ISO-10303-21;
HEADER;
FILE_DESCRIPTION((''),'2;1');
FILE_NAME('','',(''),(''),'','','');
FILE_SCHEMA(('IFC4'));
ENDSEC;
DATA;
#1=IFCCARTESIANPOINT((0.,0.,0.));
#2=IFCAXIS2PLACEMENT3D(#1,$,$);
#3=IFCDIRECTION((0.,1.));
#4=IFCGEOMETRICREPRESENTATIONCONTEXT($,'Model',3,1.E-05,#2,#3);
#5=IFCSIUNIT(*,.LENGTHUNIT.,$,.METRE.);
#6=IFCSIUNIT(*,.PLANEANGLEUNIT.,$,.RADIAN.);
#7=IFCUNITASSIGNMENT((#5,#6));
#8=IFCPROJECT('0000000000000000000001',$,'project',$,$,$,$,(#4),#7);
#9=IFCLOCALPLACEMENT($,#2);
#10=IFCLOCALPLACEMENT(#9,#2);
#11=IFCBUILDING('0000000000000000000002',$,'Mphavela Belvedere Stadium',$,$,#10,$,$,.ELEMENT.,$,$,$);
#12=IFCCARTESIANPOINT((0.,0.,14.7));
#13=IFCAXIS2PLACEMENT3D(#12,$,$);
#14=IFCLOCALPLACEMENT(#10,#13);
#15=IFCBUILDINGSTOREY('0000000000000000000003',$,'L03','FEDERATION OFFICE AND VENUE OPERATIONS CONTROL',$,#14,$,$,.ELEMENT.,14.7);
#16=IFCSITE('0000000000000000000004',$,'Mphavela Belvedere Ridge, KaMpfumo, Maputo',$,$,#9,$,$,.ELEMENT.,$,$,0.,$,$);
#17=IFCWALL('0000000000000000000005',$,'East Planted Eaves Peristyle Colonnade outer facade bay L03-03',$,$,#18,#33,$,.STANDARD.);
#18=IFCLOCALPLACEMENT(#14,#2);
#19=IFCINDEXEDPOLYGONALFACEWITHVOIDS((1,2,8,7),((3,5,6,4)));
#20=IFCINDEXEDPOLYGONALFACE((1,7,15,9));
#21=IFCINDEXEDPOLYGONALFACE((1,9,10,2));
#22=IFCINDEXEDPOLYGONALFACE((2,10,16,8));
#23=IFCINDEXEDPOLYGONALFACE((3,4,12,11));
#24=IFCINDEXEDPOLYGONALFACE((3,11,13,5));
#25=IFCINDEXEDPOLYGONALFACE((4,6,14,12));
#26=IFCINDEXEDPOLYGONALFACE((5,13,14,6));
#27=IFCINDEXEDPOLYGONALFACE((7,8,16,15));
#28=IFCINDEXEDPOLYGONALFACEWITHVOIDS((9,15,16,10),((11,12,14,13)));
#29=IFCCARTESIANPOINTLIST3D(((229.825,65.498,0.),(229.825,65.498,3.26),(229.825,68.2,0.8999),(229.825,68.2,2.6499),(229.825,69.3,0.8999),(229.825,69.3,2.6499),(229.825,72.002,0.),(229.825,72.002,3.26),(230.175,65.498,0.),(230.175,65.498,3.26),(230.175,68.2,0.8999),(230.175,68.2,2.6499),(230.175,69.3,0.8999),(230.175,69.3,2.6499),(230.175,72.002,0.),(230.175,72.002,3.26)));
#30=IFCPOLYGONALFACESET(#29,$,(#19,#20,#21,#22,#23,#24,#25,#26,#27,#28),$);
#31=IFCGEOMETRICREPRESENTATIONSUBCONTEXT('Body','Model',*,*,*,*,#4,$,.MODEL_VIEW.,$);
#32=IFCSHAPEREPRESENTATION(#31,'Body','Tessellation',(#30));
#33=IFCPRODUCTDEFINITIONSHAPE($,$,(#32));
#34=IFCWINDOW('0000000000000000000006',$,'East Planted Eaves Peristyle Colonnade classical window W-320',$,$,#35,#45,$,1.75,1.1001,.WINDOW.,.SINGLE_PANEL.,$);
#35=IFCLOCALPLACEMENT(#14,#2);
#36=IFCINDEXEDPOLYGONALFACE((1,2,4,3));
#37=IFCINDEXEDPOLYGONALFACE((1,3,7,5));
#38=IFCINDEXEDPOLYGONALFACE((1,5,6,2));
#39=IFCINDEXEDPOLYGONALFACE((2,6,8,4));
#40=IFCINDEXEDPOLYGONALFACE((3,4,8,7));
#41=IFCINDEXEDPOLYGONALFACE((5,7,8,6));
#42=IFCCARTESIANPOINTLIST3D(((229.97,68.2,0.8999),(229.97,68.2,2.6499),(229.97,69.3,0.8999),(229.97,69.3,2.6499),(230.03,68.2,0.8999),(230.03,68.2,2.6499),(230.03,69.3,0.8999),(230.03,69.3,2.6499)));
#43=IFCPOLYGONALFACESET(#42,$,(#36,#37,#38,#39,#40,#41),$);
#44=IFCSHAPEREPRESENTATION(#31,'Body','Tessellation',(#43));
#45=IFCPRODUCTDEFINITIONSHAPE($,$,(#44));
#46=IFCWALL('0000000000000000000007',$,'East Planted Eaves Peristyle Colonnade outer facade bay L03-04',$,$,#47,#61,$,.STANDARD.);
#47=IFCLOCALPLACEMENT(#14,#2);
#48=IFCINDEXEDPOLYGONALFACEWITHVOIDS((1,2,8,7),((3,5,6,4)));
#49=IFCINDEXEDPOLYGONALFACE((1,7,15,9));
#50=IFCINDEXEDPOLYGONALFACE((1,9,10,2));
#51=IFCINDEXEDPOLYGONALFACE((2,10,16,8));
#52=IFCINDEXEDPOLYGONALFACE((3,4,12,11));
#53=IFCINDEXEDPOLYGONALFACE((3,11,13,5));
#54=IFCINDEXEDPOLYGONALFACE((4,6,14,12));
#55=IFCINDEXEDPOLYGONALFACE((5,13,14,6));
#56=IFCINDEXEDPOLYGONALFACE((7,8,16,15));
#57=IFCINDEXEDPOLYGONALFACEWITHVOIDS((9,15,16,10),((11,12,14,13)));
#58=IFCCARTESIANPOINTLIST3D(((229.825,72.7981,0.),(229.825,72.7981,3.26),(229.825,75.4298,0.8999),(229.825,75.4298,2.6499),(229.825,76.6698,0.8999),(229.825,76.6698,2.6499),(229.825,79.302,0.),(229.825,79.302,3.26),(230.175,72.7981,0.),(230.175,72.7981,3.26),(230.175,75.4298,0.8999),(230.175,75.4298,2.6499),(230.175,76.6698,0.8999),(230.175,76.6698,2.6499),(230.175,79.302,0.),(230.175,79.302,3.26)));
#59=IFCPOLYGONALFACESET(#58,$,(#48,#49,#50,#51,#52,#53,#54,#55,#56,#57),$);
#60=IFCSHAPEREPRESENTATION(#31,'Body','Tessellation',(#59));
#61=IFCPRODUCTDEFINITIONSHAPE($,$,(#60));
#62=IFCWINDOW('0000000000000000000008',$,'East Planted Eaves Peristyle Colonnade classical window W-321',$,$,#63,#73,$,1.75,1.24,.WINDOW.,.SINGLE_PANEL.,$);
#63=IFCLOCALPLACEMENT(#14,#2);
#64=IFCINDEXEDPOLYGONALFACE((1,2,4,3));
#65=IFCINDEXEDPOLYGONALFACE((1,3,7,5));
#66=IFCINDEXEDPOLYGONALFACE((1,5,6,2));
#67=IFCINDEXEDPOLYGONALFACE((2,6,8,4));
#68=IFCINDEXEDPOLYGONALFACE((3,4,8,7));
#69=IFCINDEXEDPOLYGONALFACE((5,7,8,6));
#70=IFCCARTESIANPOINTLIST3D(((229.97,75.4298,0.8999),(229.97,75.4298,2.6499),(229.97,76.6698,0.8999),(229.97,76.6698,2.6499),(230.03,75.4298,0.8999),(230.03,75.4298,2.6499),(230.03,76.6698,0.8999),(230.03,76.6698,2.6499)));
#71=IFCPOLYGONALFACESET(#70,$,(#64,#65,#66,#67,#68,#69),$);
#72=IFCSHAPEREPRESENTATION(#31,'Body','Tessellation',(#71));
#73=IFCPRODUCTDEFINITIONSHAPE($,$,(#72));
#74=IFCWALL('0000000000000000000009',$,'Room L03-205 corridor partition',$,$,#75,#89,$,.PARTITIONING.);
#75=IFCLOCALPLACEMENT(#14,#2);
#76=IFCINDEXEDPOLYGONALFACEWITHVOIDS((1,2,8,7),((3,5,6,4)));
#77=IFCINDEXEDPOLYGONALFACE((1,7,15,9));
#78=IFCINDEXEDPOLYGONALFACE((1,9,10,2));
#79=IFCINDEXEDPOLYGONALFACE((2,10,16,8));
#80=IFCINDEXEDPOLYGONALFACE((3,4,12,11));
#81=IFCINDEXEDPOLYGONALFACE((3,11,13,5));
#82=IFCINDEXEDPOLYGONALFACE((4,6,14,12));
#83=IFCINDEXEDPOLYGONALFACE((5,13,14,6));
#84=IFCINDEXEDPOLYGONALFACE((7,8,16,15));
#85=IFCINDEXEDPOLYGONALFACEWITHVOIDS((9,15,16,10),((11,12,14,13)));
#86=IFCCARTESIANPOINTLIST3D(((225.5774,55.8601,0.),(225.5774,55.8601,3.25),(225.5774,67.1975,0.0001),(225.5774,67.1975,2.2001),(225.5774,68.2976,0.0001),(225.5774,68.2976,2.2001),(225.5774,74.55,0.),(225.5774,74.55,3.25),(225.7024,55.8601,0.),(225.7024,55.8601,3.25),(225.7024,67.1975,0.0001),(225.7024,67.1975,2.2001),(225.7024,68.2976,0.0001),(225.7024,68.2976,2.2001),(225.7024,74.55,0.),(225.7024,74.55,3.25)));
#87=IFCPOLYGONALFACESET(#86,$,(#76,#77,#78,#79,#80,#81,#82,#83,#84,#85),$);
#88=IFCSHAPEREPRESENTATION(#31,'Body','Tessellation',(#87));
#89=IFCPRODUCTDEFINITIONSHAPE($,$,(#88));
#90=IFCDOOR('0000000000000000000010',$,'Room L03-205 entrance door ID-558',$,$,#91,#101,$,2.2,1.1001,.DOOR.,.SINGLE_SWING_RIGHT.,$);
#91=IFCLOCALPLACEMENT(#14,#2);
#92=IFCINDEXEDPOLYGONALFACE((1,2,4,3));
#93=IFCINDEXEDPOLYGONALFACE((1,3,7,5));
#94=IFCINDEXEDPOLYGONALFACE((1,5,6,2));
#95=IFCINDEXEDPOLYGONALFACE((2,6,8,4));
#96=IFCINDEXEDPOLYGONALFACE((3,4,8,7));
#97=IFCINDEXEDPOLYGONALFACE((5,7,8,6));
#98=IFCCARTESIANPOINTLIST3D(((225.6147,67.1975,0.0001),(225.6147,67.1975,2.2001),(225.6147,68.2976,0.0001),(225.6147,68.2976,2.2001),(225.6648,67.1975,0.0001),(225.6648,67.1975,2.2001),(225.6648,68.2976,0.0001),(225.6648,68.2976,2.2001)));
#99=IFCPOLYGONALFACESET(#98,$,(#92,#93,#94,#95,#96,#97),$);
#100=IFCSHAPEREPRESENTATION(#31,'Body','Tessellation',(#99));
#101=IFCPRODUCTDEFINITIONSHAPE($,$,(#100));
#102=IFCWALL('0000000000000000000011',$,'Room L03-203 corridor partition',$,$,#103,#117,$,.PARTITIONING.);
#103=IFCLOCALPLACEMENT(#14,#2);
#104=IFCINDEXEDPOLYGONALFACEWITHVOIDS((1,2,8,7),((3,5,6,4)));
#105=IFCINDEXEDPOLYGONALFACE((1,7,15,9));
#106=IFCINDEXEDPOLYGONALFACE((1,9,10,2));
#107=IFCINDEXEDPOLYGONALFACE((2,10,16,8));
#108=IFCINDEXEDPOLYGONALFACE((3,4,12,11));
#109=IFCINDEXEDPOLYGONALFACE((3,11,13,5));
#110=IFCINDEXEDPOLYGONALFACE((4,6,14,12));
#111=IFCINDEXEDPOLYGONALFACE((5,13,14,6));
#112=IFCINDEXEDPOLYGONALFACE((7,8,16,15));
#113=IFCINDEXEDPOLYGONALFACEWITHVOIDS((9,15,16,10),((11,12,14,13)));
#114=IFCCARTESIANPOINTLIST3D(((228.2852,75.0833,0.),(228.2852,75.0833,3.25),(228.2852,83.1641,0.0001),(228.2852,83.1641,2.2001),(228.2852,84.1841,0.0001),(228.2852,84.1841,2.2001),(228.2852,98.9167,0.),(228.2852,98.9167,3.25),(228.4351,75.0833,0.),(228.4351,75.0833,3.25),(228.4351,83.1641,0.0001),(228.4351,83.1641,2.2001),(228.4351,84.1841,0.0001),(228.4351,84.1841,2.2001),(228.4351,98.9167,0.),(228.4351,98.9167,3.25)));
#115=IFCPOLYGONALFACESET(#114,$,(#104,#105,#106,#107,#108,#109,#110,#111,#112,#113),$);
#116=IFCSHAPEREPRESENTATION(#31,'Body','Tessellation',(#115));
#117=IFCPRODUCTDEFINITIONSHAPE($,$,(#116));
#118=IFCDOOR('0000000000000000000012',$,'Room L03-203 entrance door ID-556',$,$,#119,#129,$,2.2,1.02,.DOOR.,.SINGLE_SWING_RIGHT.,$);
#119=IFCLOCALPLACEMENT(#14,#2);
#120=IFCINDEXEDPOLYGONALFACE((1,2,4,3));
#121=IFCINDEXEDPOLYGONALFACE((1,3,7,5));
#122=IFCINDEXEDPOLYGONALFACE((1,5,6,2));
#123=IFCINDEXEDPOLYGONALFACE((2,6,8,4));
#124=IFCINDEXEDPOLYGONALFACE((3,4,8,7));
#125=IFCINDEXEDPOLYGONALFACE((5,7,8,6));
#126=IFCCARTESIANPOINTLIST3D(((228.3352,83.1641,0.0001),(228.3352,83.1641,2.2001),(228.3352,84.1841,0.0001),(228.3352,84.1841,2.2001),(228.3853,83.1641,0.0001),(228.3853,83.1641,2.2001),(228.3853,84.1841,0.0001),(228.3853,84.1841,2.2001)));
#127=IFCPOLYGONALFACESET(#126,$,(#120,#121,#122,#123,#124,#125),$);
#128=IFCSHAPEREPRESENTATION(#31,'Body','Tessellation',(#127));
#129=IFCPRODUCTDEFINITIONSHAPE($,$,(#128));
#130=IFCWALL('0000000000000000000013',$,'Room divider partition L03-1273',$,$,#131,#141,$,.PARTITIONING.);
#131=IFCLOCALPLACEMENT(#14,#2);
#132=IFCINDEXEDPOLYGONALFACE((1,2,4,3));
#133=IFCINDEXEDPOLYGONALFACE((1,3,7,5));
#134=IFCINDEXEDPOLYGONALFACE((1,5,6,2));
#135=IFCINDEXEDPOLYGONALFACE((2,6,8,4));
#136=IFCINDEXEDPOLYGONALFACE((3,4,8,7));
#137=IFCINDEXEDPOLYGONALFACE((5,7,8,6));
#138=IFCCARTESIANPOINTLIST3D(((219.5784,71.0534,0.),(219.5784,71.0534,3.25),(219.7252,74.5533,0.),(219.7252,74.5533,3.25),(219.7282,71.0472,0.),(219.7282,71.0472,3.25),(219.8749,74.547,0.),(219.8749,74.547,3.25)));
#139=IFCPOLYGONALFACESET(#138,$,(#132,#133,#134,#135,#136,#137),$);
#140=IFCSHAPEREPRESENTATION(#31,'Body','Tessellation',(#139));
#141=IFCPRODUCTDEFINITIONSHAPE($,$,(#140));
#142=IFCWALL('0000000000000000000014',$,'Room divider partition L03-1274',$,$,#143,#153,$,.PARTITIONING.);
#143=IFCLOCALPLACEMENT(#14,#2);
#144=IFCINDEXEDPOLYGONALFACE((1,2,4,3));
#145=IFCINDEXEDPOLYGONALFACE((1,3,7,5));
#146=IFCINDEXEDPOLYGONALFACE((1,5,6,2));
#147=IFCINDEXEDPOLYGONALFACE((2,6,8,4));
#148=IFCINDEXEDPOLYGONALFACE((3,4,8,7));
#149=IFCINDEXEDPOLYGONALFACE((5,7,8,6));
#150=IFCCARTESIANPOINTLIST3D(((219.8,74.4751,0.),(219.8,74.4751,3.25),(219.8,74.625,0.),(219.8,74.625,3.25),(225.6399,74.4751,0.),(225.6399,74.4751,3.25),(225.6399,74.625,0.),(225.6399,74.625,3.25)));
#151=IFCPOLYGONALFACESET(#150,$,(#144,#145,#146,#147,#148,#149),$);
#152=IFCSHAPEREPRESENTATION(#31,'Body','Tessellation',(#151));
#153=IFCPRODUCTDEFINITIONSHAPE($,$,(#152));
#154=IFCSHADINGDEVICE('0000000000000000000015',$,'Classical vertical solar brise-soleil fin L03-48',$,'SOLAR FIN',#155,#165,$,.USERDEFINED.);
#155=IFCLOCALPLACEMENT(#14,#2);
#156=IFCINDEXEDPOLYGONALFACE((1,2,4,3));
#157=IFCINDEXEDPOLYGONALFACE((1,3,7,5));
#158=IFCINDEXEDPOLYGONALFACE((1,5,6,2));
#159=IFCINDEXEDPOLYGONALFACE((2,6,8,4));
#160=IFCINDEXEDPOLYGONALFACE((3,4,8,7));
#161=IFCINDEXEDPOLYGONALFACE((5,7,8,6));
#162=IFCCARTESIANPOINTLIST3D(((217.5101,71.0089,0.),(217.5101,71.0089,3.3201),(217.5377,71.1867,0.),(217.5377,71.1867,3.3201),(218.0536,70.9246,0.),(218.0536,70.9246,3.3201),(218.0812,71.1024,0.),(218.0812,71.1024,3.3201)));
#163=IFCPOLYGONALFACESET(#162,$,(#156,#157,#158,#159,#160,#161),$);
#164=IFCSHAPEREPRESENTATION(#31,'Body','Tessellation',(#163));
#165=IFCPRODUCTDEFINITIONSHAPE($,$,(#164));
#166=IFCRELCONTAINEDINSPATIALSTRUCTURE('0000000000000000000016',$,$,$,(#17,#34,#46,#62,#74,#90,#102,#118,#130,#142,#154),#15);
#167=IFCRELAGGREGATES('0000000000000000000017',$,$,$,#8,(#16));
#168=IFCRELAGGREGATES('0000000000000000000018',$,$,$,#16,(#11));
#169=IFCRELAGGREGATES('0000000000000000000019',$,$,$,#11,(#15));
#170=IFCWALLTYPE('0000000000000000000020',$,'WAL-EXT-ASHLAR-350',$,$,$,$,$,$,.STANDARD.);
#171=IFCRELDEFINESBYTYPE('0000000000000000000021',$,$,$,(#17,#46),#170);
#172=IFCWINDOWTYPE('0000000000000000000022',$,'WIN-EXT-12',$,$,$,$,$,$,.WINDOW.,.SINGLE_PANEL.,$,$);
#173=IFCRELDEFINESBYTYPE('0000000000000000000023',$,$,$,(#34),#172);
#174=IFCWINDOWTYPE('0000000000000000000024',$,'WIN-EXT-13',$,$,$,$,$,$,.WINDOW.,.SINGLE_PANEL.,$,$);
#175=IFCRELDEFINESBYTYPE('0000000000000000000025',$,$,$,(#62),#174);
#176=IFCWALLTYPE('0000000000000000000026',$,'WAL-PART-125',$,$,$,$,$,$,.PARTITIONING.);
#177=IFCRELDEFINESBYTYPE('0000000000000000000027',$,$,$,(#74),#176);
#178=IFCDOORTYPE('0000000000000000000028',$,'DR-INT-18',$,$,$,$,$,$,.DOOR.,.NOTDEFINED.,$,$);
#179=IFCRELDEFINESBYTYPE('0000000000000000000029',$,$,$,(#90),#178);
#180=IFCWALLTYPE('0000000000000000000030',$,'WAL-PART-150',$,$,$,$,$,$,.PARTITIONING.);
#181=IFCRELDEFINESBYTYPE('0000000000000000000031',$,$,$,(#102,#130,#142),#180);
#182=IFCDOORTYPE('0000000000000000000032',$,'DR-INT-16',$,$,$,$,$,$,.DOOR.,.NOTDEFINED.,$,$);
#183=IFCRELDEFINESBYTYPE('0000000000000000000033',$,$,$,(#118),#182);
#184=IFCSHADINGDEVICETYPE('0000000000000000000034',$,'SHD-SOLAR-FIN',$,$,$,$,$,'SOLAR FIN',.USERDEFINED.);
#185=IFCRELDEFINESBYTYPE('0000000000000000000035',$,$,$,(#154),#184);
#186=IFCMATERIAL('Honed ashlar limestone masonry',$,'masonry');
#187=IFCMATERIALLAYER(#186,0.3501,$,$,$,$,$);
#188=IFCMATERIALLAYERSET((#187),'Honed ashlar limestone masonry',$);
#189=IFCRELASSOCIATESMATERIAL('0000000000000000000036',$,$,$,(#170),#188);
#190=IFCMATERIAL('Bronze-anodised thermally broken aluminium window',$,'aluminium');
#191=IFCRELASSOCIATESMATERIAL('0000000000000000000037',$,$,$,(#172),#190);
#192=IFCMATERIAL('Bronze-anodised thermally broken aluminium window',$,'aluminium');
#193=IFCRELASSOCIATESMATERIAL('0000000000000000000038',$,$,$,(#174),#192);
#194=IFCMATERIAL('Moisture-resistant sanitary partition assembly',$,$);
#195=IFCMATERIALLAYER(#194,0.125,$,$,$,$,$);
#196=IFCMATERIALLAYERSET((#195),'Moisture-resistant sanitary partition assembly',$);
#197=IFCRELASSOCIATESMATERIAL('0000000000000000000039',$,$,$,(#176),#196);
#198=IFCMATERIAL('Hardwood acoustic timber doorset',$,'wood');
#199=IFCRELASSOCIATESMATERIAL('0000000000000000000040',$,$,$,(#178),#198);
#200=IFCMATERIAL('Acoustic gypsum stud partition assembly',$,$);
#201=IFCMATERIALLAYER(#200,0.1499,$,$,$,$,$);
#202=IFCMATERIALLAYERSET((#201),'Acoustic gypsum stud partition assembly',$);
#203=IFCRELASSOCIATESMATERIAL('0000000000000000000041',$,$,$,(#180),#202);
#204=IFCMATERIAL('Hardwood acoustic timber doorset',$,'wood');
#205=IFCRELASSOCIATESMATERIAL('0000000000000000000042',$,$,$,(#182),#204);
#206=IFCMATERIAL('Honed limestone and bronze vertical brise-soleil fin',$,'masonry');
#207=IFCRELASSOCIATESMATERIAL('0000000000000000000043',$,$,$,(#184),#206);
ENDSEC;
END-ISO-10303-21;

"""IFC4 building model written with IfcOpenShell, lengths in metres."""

from ifc_helpers import new_model, si_unit, direction, frame, frame_2d, origin, origin_2d, place, context, subcontext, project, spatial, rectangle, extrude, material, layer, layer_set, type_object, element, fill, save


model = new_model("IFC4")

# Units and contexts
model_context = context("Model", 3, precision=1e-05, world=origin(), true_north=direction((0.0, 1.0)))
body_context = subcontext(model_context, "Body", "Model", "MODEL_VIEW")
ifc_project = project(units=[si_unit("LENGTHUNIT", "METRE"), si_unit("PLANEANGLEUNIT", "RADIAN")], contexts=[model_context])

# Site, building, storey
site_placement = place(None, origin())
site = spatial("IfcSite", under=ifc_project, at=site_placement, Name="Mphavela Belvedere Ridge, KaMpfumo, Maputo", CompositionType="ELEMENT", RefElevation=0.0)
building_placement = place(site_placement, origin())
building = spatial("IfcBuilding", under=site, at=building_placement, Name="Mphavela Belvedere Stadium", CompositionType="ELEMENT")
storey_placement = place(building_placement, frame((0.0, 0.0, 14.7)))
storey = spatial("IfcBuildingStorey", under=building, at=storey_placement, Name="L03", Description="FEDERATION OFFICE AND VENUE OPERATIONS CONTROL", CompositionType="ELEMENT", Elevation=14.7)

# Walls, openings, windows
ifc_material_1 = material(Name="Honed ashlar limestone masonry", Category="masonry")
ifc_layer_1 = layer(ifc_material_1, 0.3501)
ifc_layer_set_1 = layer_set([ifc_layer_1], Name="Honed ashlar limestone masonry")
wall_type_1 = type_object("IfcWallType", Name="WAL-EXT-ASHLAR-350", PredefinedType="STANDARD", material=ifc_layer_set_1)
wall_1_placement = place(storey_placement, frame((230.0, 72.002, 0.0), z_axis=(0.0, 0.0, 1.0), x_axis=(0.0, -1.0, 0.0)))
wall_1 = element("IfcWall", 1, at=wall_1_placement, inside=storey, type_object=wall_type_1, Name="East Planted Eaves Peristyle Colonnade outer facade bay L03-03", PredefinedType="STANDARD", context=body_context, shape_type="SweptSolid", body=[
    extrude(rectangle(XDim=6.5039, YDim=0.3501, at=frame_2d((3.252, 0.0))), origin(), (0.0, 0.0, 1.0), 3.26),
])
opening_1_placement = place(wall_1_placement, frame((2.7019, 0.0, 0.8999)))
opening_1 = element("IfcOpeningElement", 2, at=opening_1_placement, cuts=wall_1, PredefinedType="OPENING", context=body_context, shape_type="SweptSolid", body=[
    extrude(rectangle(XDim=1.1001, YDim=1.75, at=frame_2d((0.55, 0.875))), frame((0.0, 0.1851, 0.0), z_axis=(0.0, -1.0, 0.0), x_axis=(1.0, 0.0, 0.0)), (0.0, 0.0, 1.0), 0.3701),
])
ifc_material_2 = material(Name="Bronze-anodised thermally broken aluminium window", Category="aluminium")
window_type_1 = type_object("IfcWindowType", Name="WIN-EXT-12", PartitioningType="SINGLE_PANEL", PredefinedType="WINDOW", material=ifc_material_2)
window_1_placement = place(opening_1_placement, origin())
window_1 = element("IfcWindow", 3, at=window_1_placement, inside=storey, type_object=window_type_1, Name="East Planted Eaves Peristyle Colonnade classical window W-320", OverallHeight=1.75, OverallWidth=1.1001, PartitioningType="SINGLE_PANEL", PredefinedType="WINDOW", context=body_context, shape_type="SweptSolid", body=[
    extrude(rectangle(XDim=1.1001, YDim=1.75, at=frame_2d((0.55, 0.875))), frame((0.0, 0.03, 0.0), z_axis=(0.0, -1.0, 0.0), x_axis=(1.0, 0.0, 0.0)), (0.0, 0.0, 1.0), 0.0601),
])
fill(opening_1, window_1)
wall_2_placement = place(storey_placement, frame((230.0, 79.302, 0.0), z_axis=(0.0, 0.0, 1.0), x_axis=(0.0, -1.0, 0.0)))
wall_2 = element("IfcWall", 4, at=wall_2_placement, inside=storey, type_object=wall_type_1, Name="East Planted Eaves Peristyle Colonnade outer facade bay L03-04", PredefinedType="STANDARD", context=body_context, shape_type="SweptSolid", body=[
    extrude(rectangle(XDim=6.5039, YDim=0.3501, at=frame_2d((3.252, 0.0))), origin(), (0.0, 0.0, 1.0), 3.26),
])
opening_2_placement = place(wall_2_placement, frame((2.6321, 0.0, 0.8999)))
opening_2 = element("IfcOpeningElement", 5, at=opening_2_placement, cuts=wall_2, PredefinedType="OPENING", context=body_context, shape_type="SweptSolid", body=[
    extrude(rectangle(XDim=1.24, YDim=1.75, at=frame_2d((0.6201, 0.875))), frame((0.0, 0.1851, 0.0), z_axis=(0.0, -1.0, 0.0), x_axis=(1.0, 0.0, 0.0)), (0.0, 0.0, 1.0), 0.3701),
])
ifc_material_3 = material(Name="Bronze-anodised thermally broken aluminium window", Category="aluminium")
window_type_2 = type_object("IfcWindowType", Name="WIN-EXT-13", PartitioningType="SINGLE_PANEL", PredefinedType="WINDOW", material=ifc_material_3)
window_2_placement = place(opening_2_placement, origin())
window_2 = element("IfcWindow", 6, at=window_2_placement, inside=storey, type_object=window_type_2, Name="East Planted Eaves Peristyle Colonnade classical window W-321", OverallHeight=1.75, OverallWidth=1.24, PartitioningType="SINGLE_PANEL", PredefinedType="WINDOW", context=body_context, shape_type="SweptSolid", body=[
    extrude(rectangle(XDim=1.24, YDim=1.75, at=frame_2d((0.6201, 0.875))), frame((0.0, 0.03, 0.0), z_axis=(0.0, -1.0, 0.0), x_axis=(1.0, 0.0, 0.0)), (0.0, 0.0, 1.0), 0.0601),
])
fill(opening_2, window_2)

# Walls, openings, doors
ifc_material_4 = material(Name="Moisture-resistant sanitary partition assembly")
ifc_layer_2 = layer(ifc_material_4, 0.125)
ifc_layer_set_2 = layer_set([ifc_layer_2], Name="Moisture-resistant sanitary partition assembly")
wall_type_2 = type_object("IfcWallType", Name="WAL-PART-125", PredefinedType="PARTITIONING", material=ifc_layer_set_2)
wall_3_placement = place(storey_placement, frame((225.6399, 74.55, 0.0), z_axis=(0.0, 0.0, 1.0), x_axis=(0.0, -1.0, 0.0)))
wall_3 = element("IfcWall", 7, at=wall_3_placement, inside=storey, type_object=wall_type_2, Name="Room L03-205 corridor partition", PredefinedType="PARTITIONING", context=body_context, shape_type="SweptSolid", body=[
    extrude(rectangle(XDim=18.6899, YDim=0.125, at=frame_2d((9.345, 0.0))), origin(), (0.0, 0.0, 1.0), 3.25),
])
opening_3_placement = place(wall_3_placement, frame((6.2524, 0.0, 0.0)))
opening_3 = element("IfcOpeningElement", 8, at=opening_3_placement, cuts=wall_3, PredefinedType="OPENING", context=body_context, shape_type="SweptSolid", body=[
    extrude(rectangle(XDim=1.1001, YDim=2.2, at=frame_2d((0.55, 1.1001))), frame((0.0, 0.0725, 0.0), z_axis=(0.0, -1.0, 0.0), x_axis=(1.0, 0.0, 0.0)), (0.0, 0.0, 1.0), 0.145),
])
ifc_material_5 = material(Name="Hardwood acoustic timber doorset", Category="wood")
door_type_1 = type_object("IfcDoorType", Name="DR-INT-18", OperationType="NOTDEFINED", PredefinedType="DOOR", material=ifc_material_5)
door_1_placement = place(opening_3_placement, origin())
door_1 = element("IfcDoor", 9, at=door_1_placement, inside=storey, type_object=door_type_1, Name="Room L03-205 entrance door ID-558", OperationType="SINGLE_SWING_RIGHT", OverallHeight=2.2, OverallWidth=1.1001, PredefinedType="DOOR", context=body_context, shape_type="SweptSolid", body=[
    extrude(rectangle(XDim=1.1001, YDim=2.2, at=frame_2d((0.55, 1.1001))), frame((0.0, 0.0249, 0.0), z_axis=(0.0, -1.0, 0.0), x_axis=(1.0, 0.0, 0.0)), (0.0, 0.0, 1.0), 0.05),
])
fill(opening_3, door_1)
ifc_material_6 = material(Name="Acoustic gypsum stud partition assembly")
ifc_layer_3 = layer(ifc_material_6, 0.1499)
ifc_layer_set_3 = layer_set([ifc_layer_3], Name="Acoustic gypsum stud partition assembly")
wall_type_3 = type_object("IfcWallType", Name="WAL-PART-150", PredefinedType="PARTITIONING", material=ifc_layer_set_3)
wall_4_placement = place(storey_placement, frame((228.3601, 75.0833, 0.0), z_axis=(0.0, 0.0, 1.0), x_axis=(0.0, 1.0, 0.0)))
wall_4 = element("IfcWall", 10, at=wall_4_placement, inside=storey, type_object=wall_type_3, Name="Room L03-203 corridor partition", PredefinedType="PARTITIONING", context=body_context, shape_type="SweptSolid", body=[
    extrude(rectangle(XDim=23.8335, YDim=0.1499, at=frame_2d((11.9167, 0.0))), origin(), (0.0, 0.0, 1.0), 3.25),
])
opening_4_placement = place(wall_4_placement, frame((8.0808, 0.0, 0.0)))
opening_4 = element("IfcOpeningElement", 11, at=opening_4_placement, cuts=wall_4, PredefinedType="OPENING", context=body_context, shape_type="SweptSolid", body=[
    extrude(rectangle(XDim=1.02, YDim=2.2, at=frame_2d((0.51, 1.1001))), frame((0.0, 0.085, 0.0), z_axis=(0.0, -1.0, 0.0), x_axis=(1.0, 0.0, 0.0)), (0.0, 0.0, 1.0), 0.1699),
])
ifc_material_7 = material(Name="Hardwood acoustic timber doorset", Category="wood")
door_type_2 = type_object("IfcDoorType", Name="DR-INT-16", OperationType="NOTDEFINED", PredefinedType="DOOR", material=ifc_material_7)
door_2_placement = place(opening_4_placement, origin())
door_2 = element("IfcDoor", 12, at=door_2_placement, inside=storey, type_object=door_type_2, Name="Room L03-203 entrance door ID-556", OperationType="SINGLE_SWING_RIGHT", OverallHeight=2.2, OverallWidth=1.02, PredefinedType="DOOR", context=body_context, shape_type="SweptSolid", body=[
    extrude(rectangle(XDim=1.02, YDim=2.2, at=frame_2d((0.51, 1.1001))), frame((0.0, 0.0249, 0.0), z_axis=(0.0, -1.0, 0.0), x_axis=(1.0, 0.0, 0.0)), (0.0, 0.0, 1.0), 0.05),
])
fill(opening_4, door_2)

# Walls
wall_5_placement = place(storey_placement, frame((219.6533, 71.0503, 0.0), z_axis=(0.0, 0.0, 1.0), x_axis=(0.041889, 0.999122, 0.0)))
element("IfcWall", 13, at=wall_5_placement, inside=storey, type_object=wall_type_3, Name="Room divider partition L03-1273", PredefinedType="PARTITIONING", context=body_context, shape_type="SweptSolid", body=[
    extrude(rectangle(XDim=3.5029, YDim=0.1499, at=frame_2d((1.7515, 0.0))), origin(), (0.0, 0.0, 1.0), 3.25),
])
wall_6_placement = place(storey_placement, frame((219.8, 74.55, 0.0), z_axis=(0.0, 0.0, 1.0), x_axis=(1.0, 0.0, 0.0)))
element("IfcWall", 14, at=wall_6_placement, inside=storey, type_object=wall_type_3, Name="Room divider partition L03-1274", PredefinedType="PARTITIONING", context=body_context, shape_type="SweptSolid", body=[
    extrude(rectangle(XDim=5.8398, YDim=0.1499, at=frame_2d((2.9199, 0.0))), origin(), (0.0, 0.0, 1.0), 3.25),
])

# Shading device
ifc_material_8 = material(Name="Honed limestone and bronze vertical brise-soleil fin", Category="masonry")
shading_device_type = type_object("IfcShadingDeviceType", Name="SHD-SOLAR-FIN", ElementType="SOLAR FIN", PredefinedType="USERDEFINED", material=ifc_material_8)
shading_device_placement = place(storey_placement, frame((217.7957, 71.0557, 0.0), z_axis=(0.0, 0.0, 1.0), x_axis=(0.988175, -0.153331, 0.0)))
element("IfcShadingDevice", 15, at=shading_device_placement, inside=storey, type_object=shading_device_type, Name="Classical vertical solar brise-soleil fin L03-48", ObjectType="SOLAR FIN", PredefinedType="USERDEFINED", context=body_context, shape_type="SweptSolid", body=[
    extrude(rectangle(XDim=0.55, YDim=0.1799, at=origin_2d()), origin(), (0.0, 0.0, 1.0), 3.3201),
])

save(model, "model.ifc")
